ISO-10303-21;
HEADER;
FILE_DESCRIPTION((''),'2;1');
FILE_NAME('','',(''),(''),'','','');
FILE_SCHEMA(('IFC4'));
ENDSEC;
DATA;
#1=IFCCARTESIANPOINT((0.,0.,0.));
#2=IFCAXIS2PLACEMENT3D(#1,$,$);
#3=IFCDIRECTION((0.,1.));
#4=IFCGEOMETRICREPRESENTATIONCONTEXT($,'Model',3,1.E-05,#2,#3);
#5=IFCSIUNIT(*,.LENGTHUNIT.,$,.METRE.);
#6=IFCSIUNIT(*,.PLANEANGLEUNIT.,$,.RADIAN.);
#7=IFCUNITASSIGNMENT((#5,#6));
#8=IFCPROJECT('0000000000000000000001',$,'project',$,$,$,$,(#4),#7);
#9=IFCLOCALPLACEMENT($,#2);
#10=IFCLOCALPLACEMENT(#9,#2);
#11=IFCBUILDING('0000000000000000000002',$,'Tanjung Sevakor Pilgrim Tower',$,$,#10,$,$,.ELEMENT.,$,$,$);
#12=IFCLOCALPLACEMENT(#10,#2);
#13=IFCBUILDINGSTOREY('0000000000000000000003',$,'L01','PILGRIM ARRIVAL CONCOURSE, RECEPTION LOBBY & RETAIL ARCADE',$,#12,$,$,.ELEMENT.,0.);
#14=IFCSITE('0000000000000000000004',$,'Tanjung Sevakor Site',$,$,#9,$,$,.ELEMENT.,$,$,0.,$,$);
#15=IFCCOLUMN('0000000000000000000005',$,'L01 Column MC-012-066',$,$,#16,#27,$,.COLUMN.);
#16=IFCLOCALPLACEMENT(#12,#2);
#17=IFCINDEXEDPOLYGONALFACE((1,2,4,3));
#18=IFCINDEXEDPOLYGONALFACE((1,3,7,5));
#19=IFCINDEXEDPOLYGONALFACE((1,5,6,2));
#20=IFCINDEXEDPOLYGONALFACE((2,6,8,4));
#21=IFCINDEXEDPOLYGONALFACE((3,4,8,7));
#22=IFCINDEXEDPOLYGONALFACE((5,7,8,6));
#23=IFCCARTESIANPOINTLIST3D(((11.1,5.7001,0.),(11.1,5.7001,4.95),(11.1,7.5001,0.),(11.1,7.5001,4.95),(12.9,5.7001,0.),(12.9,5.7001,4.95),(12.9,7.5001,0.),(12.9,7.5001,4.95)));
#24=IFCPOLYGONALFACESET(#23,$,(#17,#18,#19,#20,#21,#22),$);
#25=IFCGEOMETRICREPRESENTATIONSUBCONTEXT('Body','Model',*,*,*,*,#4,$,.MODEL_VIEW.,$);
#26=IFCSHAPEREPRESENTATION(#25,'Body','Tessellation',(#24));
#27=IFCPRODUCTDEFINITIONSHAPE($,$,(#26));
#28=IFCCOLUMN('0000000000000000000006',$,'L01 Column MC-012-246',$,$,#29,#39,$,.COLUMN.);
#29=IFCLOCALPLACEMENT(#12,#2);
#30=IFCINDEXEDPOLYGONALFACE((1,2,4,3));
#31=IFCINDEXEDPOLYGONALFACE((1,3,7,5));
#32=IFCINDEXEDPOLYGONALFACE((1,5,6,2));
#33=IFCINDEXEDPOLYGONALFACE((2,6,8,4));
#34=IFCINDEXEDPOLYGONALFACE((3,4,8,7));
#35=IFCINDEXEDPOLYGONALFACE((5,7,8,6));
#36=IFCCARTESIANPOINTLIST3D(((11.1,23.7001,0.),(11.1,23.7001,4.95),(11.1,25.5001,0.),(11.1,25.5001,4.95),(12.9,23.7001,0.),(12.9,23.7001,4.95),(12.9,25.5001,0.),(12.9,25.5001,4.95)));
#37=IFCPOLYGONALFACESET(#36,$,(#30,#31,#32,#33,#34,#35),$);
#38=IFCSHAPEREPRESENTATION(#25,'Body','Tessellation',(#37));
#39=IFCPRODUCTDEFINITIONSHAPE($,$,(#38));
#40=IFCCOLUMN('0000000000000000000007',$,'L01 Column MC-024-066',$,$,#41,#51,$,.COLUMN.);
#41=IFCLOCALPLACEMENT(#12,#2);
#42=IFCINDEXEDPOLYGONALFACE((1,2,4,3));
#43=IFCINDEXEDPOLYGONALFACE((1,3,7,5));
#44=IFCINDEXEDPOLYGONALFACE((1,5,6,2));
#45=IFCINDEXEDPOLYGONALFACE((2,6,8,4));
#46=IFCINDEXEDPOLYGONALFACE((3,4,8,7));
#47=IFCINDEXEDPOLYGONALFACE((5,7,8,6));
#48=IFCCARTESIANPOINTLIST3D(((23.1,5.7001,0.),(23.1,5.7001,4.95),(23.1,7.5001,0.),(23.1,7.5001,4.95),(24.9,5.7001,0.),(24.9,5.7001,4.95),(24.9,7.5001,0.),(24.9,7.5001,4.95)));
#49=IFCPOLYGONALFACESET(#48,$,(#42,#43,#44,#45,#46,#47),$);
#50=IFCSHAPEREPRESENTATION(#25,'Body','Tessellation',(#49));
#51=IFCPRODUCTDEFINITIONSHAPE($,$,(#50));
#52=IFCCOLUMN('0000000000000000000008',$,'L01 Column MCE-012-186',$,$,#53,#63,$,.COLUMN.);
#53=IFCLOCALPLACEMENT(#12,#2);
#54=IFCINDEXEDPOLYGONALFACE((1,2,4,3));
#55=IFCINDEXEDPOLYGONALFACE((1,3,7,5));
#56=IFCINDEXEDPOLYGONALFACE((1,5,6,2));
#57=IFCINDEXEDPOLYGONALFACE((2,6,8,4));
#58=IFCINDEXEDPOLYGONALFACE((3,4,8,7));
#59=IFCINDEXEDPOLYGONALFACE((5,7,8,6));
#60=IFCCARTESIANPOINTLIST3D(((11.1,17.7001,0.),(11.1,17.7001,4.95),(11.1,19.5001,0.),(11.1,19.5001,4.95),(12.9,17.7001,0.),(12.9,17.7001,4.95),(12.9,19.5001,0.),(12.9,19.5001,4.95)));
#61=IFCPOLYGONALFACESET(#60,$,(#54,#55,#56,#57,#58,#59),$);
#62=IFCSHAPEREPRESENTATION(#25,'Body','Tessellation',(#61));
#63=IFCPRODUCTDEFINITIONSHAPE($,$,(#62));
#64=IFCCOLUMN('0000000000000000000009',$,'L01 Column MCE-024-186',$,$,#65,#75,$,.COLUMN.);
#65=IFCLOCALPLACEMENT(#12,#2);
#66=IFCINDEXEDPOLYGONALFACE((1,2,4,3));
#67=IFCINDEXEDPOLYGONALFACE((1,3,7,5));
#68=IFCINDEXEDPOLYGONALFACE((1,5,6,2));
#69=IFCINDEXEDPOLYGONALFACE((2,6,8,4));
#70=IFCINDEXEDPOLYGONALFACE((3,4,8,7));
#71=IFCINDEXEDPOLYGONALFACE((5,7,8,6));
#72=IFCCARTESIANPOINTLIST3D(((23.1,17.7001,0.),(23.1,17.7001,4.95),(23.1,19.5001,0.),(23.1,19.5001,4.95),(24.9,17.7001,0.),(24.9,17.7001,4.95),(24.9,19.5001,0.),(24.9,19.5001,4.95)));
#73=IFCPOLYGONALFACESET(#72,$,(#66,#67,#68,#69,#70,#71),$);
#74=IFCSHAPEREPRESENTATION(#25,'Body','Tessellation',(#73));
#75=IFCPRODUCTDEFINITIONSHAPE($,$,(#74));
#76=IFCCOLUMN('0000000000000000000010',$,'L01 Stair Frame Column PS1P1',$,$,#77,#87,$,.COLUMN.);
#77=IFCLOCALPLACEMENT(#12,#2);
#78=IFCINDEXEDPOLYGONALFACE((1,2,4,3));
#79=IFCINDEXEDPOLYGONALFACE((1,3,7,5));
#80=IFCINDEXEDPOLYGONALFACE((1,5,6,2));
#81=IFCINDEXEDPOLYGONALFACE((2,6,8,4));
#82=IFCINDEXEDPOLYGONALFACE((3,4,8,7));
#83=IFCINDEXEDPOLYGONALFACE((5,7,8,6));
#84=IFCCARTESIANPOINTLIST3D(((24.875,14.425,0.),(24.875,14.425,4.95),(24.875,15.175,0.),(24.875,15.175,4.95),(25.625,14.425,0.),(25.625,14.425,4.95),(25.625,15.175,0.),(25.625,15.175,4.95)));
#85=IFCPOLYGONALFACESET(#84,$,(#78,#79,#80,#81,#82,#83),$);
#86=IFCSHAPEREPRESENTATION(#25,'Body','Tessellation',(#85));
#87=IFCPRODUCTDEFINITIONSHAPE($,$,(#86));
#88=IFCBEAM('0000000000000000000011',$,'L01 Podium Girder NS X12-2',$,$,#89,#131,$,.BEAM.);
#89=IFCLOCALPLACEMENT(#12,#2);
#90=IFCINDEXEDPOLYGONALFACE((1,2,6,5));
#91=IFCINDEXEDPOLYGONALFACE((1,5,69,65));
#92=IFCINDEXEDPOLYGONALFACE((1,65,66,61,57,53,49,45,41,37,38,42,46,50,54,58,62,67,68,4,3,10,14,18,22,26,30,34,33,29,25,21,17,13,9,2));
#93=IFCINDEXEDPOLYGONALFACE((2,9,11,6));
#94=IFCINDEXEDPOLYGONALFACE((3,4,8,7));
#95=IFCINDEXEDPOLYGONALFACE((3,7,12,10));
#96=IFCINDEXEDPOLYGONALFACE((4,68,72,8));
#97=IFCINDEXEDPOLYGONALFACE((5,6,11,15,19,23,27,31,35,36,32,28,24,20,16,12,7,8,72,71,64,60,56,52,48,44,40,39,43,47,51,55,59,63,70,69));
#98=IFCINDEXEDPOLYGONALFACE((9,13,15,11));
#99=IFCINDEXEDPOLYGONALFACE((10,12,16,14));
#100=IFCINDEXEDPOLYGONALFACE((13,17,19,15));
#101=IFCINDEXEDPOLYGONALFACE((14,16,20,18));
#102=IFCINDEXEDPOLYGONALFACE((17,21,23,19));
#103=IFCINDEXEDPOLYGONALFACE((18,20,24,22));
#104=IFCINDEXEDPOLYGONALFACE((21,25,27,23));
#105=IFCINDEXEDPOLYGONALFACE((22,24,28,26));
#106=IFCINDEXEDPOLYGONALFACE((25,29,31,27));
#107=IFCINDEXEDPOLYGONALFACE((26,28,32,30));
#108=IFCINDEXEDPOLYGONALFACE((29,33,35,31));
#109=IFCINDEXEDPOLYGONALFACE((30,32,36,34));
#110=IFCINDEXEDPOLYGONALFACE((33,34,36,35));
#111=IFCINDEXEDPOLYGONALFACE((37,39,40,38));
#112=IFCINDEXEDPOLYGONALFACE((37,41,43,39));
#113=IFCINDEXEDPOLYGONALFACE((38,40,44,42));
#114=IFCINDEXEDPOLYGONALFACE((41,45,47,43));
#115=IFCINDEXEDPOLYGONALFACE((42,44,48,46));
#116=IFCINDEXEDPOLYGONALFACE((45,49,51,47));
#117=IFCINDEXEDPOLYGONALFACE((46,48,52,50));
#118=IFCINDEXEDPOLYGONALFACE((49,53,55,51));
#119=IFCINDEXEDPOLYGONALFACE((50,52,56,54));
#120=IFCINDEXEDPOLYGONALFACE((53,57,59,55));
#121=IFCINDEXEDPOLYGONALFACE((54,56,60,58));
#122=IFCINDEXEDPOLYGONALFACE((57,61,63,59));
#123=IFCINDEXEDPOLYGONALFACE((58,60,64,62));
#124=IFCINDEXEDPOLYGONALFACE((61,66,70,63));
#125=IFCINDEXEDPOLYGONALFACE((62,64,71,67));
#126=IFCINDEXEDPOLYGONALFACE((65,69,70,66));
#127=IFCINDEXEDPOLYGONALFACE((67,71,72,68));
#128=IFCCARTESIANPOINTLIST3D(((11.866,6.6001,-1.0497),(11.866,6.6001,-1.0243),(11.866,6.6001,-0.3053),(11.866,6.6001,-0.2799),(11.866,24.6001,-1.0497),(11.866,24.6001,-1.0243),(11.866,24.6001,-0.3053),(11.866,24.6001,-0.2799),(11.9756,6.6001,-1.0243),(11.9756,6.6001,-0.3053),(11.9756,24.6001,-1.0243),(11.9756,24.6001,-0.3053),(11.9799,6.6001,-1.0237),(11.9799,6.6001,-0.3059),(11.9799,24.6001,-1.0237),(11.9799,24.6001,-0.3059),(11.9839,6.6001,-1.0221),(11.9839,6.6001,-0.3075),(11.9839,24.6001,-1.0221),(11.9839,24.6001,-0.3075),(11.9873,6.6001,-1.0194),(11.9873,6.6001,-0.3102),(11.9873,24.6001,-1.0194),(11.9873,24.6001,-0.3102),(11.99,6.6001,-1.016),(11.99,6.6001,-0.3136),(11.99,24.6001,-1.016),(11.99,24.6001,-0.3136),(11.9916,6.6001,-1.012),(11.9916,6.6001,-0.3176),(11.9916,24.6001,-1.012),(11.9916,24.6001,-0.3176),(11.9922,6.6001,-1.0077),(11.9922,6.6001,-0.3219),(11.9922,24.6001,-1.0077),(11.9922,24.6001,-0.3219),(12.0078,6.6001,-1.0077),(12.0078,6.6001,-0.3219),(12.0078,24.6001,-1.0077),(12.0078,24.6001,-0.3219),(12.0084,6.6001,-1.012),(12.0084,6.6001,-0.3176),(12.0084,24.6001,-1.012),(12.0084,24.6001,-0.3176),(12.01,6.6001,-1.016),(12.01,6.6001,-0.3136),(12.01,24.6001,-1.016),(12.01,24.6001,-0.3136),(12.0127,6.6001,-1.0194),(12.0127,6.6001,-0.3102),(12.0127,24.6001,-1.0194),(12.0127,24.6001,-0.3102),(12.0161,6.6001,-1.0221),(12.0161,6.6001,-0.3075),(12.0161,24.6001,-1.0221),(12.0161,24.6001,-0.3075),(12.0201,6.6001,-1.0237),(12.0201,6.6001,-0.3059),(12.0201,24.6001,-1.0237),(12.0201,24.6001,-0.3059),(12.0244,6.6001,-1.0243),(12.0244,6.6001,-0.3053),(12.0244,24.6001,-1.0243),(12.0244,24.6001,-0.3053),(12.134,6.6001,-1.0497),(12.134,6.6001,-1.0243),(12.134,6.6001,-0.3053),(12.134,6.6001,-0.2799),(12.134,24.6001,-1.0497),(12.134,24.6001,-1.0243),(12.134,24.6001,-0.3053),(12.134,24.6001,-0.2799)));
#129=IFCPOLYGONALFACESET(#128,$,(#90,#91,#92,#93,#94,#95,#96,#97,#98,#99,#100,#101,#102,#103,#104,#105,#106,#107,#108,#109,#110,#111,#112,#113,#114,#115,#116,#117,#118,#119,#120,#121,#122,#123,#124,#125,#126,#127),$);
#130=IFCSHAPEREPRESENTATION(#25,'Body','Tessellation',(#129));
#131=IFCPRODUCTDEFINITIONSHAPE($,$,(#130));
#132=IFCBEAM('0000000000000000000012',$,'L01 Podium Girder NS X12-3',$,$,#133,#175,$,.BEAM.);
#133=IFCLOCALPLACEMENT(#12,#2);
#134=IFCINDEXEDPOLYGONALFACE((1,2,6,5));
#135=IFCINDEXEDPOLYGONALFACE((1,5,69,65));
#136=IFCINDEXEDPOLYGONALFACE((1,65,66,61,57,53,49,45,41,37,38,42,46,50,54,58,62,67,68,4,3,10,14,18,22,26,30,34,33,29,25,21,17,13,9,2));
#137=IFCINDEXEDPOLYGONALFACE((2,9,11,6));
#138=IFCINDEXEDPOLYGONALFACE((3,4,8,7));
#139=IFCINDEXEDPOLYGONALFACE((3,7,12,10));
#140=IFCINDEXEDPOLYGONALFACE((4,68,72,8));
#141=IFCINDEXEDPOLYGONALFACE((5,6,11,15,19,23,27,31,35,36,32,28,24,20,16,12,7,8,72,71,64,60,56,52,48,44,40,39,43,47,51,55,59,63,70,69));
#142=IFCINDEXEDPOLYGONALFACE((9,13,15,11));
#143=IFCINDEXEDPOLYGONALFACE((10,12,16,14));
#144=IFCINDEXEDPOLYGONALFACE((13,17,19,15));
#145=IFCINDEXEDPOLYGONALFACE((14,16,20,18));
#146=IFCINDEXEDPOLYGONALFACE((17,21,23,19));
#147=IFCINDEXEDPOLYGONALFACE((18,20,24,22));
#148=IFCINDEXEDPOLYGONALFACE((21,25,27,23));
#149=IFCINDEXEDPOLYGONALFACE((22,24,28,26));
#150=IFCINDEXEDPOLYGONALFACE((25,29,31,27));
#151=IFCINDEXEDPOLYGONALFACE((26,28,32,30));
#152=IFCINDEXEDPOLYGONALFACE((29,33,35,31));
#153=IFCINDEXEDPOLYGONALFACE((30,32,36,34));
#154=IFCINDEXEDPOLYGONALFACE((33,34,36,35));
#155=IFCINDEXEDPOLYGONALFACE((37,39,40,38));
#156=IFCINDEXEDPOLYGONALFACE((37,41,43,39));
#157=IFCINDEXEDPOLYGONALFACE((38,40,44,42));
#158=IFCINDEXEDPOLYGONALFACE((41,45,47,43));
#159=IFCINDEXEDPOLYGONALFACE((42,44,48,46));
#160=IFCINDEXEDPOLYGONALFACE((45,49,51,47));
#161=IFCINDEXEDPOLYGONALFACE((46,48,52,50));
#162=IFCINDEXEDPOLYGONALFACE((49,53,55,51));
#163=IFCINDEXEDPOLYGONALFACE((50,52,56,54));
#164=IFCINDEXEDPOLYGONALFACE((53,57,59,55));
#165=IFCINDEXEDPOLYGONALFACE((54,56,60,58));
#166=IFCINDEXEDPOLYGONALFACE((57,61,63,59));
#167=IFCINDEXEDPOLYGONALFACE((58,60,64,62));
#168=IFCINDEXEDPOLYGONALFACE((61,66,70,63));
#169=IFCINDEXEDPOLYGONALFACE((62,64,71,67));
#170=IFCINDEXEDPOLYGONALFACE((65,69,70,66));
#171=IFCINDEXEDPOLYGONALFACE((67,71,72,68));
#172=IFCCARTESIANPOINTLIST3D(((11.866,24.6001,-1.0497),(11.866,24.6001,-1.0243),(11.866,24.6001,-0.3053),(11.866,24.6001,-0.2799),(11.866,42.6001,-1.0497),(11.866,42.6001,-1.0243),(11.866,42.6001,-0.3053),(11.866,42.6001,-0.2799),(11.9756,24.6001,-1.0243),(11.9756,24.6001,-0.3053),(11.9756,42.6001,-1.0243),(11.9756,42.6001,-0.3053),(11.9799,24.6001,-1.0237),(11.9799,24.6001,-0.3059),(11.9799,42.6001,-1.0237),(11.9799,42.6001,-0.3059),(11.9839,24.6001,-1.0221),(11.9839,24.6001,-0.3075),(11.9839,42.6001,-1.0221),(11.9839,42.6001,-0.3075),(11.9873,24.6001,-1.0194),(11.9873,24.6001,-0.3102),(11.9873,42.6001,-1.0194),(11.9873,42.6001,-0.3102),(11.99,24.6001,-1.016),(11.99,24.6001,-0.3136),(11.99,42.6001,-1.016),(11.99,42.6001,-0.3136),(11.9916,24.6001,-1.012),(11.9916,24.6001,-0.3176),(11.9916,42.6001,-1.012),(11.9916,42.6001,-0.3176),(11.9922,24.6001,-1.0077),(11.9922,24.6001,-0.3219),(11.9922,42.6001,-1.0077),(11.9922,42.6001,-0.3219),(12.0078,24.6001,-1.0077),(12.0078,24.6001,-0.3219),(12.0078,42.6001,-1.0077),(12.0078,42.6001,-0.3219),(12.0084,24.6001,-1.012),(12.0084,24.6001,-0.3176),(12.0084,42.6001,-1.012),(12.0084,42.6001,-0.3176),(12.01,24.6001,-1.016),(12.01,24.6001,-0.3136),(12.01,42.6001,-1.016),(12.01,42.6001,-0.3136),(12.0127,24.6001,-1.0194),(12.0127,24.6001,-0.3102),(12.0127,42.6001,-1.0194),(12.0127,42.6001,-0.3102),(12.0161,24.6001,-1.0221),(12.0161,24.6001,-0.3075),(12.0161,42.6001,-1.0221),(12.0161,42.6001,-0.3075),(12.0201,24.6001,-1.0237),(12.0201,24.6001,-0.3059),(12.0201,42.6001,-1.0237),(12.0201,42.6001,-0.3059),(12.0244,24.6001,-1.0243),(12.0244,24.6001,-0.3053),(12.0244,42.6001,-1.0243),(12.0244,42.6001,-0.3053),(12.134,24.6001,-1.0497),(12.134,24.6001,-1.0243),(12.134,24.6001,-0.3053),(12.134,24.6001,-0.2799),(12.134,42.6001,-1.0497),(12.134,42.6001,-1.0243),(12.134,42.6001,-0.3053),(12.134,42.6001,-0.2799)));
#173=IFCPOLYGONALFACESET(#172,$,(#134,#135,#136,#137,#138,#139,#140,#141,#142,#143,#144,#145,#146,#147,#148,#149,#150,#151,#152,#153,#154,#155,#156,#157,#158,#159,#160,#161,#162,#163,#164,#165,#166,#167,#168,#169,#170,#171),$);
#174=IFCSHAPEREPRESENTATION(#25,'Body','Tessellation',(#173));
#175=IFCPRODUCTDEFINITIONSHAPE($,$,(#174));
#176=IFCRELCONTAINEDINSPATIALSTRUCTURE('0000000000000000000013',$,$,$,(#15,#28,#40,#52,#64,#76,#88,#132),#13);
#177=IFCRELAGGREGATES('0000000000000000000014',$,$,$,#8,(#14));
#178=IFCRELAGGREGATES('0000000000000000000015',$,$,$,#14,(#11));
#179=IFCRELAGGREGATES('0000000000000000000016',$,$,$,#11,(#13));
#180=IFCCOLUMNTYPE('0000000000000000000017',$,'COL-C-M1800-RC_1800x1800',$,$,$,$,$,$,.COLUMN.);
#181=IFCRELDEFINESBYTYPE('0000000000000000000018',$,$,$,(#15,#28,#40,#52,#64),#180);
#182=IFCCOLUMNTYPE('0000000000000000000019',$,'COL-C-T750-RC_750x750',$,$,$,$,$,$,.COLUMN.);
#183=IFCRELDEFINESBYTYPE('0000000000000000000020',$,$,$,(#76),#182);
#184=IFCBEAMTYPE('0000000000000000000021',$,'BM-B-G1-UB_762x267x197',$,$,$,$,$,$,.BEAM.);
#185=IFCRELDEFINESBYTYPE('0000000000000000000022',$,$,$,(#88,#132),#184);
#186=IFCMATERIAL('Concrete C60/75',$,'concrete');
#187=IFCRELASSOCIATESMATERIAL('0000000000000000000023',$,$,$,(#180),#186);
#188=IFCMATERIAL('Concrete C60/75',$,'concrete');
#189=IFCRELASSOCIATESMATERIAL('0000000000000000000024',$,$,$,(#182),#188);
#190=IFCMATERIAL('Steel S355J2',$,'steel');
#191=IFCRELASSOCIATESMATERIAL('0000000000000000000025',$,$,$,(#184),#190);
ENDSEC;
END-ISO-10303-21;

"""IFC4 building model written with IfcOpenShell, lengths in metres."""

from ifc_helpers import new_model, si_unit, direction, frame, origin, origin_2d, place, context, subcontext, project, spatial, rectangle, i_section, extrude, material, material_profile, profile_set, type_object, element, save


model = new_model("IFC4")

# Units and contexts
model_context = context("Model", 3, precision=1e-05, world=origin(), true_north=direction((0.0, 1.0)))
body_context = subcontext(model_context, "Body", "Model", "MODEL_VIEW")
ifc_project = project(units=[si_unit("LENGTHUNIT", "METRE"), si_unit("PLANEANGLEUNIT", "RADIAN")], contexts=[model_context])

# Site, building, storey
site_placement = place(None, origin())
site = spatial("IfcSite", under=ifc_project, at=site_placement, Name="Tanjung Sevakor Site", CompositionType="ELEMENT", RefElevation=0.0)
building_placement = place(site_placement, origin())
building = spatial("IfcBuilding", under=site, at=building_placement, Name="Tanjung Sevakor Pilgrim Tower", CompositionType="ELEMENT")
storey_placement = place(building_placement, origin())
storey = spatial("IfcBuildingStorey", under=building, at=storey_placement, Name="L01", Description="PILGRIM ARRIVAL CONCOURSE, RECEPTION LOBBY & RETAIL ARCADE", CompositionType="ELEMENT", Elevation=0.0)

# Columns
ifc_material_1 = material(Name="Concrete C60/75", Category="concrete")
ifc_material_profile_1 = material_profile(ifc_material_1, rectangle(XDim=1.8, YDim=1.8, at=origin_2d()))
ifc_profile_set_1 = profile_set([ifc_material_profile_1], Name="Concrete C60/75")
column_type_1 = type_object("IfcColumnType", Name="COL-C-M1800-RC_1800x1800", PredefinedType="COLUMN", material=ifc_profile_set_1)
for number, where, z_axis, x_axis, name in (
    (1, (12.0, 6.6001, 0.0), (0.0, 0.0, 1.0), (1.0, 0.0, 0.0), "L01 Column MC-012-066"),
    (2, (12.0, 24.6001, 0.0), (0.0, 0.0, 1.0), (1.0, 0.0, 0.0), "L01 Column MC-012-246"),
    (3, (24.0, 6.6001, 0.0), (0.0, 0.0, 1.0), (1.0, 0.0, 0.0), "L01 Column MC-024-066"),
    (4, (12.0, 18.6001, 0.0), (0.0, 0.0, 1.0), (1.0, 0.0, 0.0), "L01 Column MCE-012-186"),
    (5, (24.0, 18.6001, 0.0), (0.0, 0.0, 1.0), (1.0, 0.0, 0.0), "L01 Column MCE-024-186"),
):
    element("IfcColumn", number, at=place(storey_placement, frame(where, z_axis=z_axis, x_axis=x_axis)), inside=storey, type_object=column_type_1, Name=name, PredefinedType="COLUMN", context=body_context, shape_type="SweptSolid", body=[
        extrude(rectangle(XDim=1.8, YDim=1.8, at=origin_2d()), origin(), (0.0, 0.0, 1.0), 4.95),
    ])
ifc_material_2 = material(Name="Concrete C60/75", Category="concrete")
ifc_material_profile_2 = material_profile(ifc_material_2, rectangle(XDim=0.75, YDim=0.75, at=origin_2d()))
ifc_profile_set_2 = profile_set([ifc_material_profile_2], Name="Concrete C60/75")
column_type_2 = type_object("IfcColumnType", Name="COL-C-T750-RC_750x750", PredefinedType="COLUMN", material=ifc_profile_set_2)
column_placement = place(storey_placement, frame((25.25, 14.8, 0.0), z_axis=(0.0, 0.0, 1.0), x_axis=(1.0, 0.0, 0.0)))
element("IfcColumn", 6, at=column_placement, inside=storey, type_object=column_type_2, Name="L01 Stair Frame Column PS1P1", PredefinedType="COLUMN", context=body_context, shape_type="SweptSolid", body=[
    extrude(rectangle(XDim=0.75, YDim=0.75, at=origin_2d()), origin(), (0.0, 0.0, 1.0), 4.95),
])

# Beams
ifc_material_3 = material(Name="Steel S355J2", Category="steel")
ifc_material_profile_3 = material_profile(ifc_material_3, i_section(OverallWidth=0.2681, OverallDepth=0.7698, WebThickness=0.0156, FlangeThickness=0.0254, FilletRadius=0.0166, at=origin_2d()))
ifc_profile_set_3 = profile_set([ifc_material_profile_3], Name="Steel S355J2")
beam_type_1 = type_object("IfcBeamType", Name="BM-B-G1-UB_762x267x197", PredefinedType="BEAM", material=ifc_profile_set_3)
for number, where, z_axis, x_axis, name in (
    (7, (12.0, 6.6001, -0.6648), (0.0, 1.0, 0.0), (-1.0, 0.0, 0.0), "L01 Podium Girder NS X12-2"),
    (8, (12.0, 24.6001, -0.6648), (0.0, 1.0, 0.0), (-1.0, 0.0, 0.0), "L01 Podium Girder NS X12-3"),
):
    element("IfcBeam", number, at=place(storey_placement, frame(where, z_axis=z_axis, x_axis=x_axis)), inside=storey, type_object=beam_type_1, Name=name, PredefinedType="BEAM", context=body_context, shape_type="SweptSolid", body=[
        extrude(i_section(OverallWidth=0.2681, OverallDepth=0.7698, WebThickness=0.0156, FlangeThickness=0.0254, FilletRadius=0.0166, at=origin_2d()), origin(), (0.0, 0.0, 1.0), 18.0),
    ])

save(model, "model.ifc")
